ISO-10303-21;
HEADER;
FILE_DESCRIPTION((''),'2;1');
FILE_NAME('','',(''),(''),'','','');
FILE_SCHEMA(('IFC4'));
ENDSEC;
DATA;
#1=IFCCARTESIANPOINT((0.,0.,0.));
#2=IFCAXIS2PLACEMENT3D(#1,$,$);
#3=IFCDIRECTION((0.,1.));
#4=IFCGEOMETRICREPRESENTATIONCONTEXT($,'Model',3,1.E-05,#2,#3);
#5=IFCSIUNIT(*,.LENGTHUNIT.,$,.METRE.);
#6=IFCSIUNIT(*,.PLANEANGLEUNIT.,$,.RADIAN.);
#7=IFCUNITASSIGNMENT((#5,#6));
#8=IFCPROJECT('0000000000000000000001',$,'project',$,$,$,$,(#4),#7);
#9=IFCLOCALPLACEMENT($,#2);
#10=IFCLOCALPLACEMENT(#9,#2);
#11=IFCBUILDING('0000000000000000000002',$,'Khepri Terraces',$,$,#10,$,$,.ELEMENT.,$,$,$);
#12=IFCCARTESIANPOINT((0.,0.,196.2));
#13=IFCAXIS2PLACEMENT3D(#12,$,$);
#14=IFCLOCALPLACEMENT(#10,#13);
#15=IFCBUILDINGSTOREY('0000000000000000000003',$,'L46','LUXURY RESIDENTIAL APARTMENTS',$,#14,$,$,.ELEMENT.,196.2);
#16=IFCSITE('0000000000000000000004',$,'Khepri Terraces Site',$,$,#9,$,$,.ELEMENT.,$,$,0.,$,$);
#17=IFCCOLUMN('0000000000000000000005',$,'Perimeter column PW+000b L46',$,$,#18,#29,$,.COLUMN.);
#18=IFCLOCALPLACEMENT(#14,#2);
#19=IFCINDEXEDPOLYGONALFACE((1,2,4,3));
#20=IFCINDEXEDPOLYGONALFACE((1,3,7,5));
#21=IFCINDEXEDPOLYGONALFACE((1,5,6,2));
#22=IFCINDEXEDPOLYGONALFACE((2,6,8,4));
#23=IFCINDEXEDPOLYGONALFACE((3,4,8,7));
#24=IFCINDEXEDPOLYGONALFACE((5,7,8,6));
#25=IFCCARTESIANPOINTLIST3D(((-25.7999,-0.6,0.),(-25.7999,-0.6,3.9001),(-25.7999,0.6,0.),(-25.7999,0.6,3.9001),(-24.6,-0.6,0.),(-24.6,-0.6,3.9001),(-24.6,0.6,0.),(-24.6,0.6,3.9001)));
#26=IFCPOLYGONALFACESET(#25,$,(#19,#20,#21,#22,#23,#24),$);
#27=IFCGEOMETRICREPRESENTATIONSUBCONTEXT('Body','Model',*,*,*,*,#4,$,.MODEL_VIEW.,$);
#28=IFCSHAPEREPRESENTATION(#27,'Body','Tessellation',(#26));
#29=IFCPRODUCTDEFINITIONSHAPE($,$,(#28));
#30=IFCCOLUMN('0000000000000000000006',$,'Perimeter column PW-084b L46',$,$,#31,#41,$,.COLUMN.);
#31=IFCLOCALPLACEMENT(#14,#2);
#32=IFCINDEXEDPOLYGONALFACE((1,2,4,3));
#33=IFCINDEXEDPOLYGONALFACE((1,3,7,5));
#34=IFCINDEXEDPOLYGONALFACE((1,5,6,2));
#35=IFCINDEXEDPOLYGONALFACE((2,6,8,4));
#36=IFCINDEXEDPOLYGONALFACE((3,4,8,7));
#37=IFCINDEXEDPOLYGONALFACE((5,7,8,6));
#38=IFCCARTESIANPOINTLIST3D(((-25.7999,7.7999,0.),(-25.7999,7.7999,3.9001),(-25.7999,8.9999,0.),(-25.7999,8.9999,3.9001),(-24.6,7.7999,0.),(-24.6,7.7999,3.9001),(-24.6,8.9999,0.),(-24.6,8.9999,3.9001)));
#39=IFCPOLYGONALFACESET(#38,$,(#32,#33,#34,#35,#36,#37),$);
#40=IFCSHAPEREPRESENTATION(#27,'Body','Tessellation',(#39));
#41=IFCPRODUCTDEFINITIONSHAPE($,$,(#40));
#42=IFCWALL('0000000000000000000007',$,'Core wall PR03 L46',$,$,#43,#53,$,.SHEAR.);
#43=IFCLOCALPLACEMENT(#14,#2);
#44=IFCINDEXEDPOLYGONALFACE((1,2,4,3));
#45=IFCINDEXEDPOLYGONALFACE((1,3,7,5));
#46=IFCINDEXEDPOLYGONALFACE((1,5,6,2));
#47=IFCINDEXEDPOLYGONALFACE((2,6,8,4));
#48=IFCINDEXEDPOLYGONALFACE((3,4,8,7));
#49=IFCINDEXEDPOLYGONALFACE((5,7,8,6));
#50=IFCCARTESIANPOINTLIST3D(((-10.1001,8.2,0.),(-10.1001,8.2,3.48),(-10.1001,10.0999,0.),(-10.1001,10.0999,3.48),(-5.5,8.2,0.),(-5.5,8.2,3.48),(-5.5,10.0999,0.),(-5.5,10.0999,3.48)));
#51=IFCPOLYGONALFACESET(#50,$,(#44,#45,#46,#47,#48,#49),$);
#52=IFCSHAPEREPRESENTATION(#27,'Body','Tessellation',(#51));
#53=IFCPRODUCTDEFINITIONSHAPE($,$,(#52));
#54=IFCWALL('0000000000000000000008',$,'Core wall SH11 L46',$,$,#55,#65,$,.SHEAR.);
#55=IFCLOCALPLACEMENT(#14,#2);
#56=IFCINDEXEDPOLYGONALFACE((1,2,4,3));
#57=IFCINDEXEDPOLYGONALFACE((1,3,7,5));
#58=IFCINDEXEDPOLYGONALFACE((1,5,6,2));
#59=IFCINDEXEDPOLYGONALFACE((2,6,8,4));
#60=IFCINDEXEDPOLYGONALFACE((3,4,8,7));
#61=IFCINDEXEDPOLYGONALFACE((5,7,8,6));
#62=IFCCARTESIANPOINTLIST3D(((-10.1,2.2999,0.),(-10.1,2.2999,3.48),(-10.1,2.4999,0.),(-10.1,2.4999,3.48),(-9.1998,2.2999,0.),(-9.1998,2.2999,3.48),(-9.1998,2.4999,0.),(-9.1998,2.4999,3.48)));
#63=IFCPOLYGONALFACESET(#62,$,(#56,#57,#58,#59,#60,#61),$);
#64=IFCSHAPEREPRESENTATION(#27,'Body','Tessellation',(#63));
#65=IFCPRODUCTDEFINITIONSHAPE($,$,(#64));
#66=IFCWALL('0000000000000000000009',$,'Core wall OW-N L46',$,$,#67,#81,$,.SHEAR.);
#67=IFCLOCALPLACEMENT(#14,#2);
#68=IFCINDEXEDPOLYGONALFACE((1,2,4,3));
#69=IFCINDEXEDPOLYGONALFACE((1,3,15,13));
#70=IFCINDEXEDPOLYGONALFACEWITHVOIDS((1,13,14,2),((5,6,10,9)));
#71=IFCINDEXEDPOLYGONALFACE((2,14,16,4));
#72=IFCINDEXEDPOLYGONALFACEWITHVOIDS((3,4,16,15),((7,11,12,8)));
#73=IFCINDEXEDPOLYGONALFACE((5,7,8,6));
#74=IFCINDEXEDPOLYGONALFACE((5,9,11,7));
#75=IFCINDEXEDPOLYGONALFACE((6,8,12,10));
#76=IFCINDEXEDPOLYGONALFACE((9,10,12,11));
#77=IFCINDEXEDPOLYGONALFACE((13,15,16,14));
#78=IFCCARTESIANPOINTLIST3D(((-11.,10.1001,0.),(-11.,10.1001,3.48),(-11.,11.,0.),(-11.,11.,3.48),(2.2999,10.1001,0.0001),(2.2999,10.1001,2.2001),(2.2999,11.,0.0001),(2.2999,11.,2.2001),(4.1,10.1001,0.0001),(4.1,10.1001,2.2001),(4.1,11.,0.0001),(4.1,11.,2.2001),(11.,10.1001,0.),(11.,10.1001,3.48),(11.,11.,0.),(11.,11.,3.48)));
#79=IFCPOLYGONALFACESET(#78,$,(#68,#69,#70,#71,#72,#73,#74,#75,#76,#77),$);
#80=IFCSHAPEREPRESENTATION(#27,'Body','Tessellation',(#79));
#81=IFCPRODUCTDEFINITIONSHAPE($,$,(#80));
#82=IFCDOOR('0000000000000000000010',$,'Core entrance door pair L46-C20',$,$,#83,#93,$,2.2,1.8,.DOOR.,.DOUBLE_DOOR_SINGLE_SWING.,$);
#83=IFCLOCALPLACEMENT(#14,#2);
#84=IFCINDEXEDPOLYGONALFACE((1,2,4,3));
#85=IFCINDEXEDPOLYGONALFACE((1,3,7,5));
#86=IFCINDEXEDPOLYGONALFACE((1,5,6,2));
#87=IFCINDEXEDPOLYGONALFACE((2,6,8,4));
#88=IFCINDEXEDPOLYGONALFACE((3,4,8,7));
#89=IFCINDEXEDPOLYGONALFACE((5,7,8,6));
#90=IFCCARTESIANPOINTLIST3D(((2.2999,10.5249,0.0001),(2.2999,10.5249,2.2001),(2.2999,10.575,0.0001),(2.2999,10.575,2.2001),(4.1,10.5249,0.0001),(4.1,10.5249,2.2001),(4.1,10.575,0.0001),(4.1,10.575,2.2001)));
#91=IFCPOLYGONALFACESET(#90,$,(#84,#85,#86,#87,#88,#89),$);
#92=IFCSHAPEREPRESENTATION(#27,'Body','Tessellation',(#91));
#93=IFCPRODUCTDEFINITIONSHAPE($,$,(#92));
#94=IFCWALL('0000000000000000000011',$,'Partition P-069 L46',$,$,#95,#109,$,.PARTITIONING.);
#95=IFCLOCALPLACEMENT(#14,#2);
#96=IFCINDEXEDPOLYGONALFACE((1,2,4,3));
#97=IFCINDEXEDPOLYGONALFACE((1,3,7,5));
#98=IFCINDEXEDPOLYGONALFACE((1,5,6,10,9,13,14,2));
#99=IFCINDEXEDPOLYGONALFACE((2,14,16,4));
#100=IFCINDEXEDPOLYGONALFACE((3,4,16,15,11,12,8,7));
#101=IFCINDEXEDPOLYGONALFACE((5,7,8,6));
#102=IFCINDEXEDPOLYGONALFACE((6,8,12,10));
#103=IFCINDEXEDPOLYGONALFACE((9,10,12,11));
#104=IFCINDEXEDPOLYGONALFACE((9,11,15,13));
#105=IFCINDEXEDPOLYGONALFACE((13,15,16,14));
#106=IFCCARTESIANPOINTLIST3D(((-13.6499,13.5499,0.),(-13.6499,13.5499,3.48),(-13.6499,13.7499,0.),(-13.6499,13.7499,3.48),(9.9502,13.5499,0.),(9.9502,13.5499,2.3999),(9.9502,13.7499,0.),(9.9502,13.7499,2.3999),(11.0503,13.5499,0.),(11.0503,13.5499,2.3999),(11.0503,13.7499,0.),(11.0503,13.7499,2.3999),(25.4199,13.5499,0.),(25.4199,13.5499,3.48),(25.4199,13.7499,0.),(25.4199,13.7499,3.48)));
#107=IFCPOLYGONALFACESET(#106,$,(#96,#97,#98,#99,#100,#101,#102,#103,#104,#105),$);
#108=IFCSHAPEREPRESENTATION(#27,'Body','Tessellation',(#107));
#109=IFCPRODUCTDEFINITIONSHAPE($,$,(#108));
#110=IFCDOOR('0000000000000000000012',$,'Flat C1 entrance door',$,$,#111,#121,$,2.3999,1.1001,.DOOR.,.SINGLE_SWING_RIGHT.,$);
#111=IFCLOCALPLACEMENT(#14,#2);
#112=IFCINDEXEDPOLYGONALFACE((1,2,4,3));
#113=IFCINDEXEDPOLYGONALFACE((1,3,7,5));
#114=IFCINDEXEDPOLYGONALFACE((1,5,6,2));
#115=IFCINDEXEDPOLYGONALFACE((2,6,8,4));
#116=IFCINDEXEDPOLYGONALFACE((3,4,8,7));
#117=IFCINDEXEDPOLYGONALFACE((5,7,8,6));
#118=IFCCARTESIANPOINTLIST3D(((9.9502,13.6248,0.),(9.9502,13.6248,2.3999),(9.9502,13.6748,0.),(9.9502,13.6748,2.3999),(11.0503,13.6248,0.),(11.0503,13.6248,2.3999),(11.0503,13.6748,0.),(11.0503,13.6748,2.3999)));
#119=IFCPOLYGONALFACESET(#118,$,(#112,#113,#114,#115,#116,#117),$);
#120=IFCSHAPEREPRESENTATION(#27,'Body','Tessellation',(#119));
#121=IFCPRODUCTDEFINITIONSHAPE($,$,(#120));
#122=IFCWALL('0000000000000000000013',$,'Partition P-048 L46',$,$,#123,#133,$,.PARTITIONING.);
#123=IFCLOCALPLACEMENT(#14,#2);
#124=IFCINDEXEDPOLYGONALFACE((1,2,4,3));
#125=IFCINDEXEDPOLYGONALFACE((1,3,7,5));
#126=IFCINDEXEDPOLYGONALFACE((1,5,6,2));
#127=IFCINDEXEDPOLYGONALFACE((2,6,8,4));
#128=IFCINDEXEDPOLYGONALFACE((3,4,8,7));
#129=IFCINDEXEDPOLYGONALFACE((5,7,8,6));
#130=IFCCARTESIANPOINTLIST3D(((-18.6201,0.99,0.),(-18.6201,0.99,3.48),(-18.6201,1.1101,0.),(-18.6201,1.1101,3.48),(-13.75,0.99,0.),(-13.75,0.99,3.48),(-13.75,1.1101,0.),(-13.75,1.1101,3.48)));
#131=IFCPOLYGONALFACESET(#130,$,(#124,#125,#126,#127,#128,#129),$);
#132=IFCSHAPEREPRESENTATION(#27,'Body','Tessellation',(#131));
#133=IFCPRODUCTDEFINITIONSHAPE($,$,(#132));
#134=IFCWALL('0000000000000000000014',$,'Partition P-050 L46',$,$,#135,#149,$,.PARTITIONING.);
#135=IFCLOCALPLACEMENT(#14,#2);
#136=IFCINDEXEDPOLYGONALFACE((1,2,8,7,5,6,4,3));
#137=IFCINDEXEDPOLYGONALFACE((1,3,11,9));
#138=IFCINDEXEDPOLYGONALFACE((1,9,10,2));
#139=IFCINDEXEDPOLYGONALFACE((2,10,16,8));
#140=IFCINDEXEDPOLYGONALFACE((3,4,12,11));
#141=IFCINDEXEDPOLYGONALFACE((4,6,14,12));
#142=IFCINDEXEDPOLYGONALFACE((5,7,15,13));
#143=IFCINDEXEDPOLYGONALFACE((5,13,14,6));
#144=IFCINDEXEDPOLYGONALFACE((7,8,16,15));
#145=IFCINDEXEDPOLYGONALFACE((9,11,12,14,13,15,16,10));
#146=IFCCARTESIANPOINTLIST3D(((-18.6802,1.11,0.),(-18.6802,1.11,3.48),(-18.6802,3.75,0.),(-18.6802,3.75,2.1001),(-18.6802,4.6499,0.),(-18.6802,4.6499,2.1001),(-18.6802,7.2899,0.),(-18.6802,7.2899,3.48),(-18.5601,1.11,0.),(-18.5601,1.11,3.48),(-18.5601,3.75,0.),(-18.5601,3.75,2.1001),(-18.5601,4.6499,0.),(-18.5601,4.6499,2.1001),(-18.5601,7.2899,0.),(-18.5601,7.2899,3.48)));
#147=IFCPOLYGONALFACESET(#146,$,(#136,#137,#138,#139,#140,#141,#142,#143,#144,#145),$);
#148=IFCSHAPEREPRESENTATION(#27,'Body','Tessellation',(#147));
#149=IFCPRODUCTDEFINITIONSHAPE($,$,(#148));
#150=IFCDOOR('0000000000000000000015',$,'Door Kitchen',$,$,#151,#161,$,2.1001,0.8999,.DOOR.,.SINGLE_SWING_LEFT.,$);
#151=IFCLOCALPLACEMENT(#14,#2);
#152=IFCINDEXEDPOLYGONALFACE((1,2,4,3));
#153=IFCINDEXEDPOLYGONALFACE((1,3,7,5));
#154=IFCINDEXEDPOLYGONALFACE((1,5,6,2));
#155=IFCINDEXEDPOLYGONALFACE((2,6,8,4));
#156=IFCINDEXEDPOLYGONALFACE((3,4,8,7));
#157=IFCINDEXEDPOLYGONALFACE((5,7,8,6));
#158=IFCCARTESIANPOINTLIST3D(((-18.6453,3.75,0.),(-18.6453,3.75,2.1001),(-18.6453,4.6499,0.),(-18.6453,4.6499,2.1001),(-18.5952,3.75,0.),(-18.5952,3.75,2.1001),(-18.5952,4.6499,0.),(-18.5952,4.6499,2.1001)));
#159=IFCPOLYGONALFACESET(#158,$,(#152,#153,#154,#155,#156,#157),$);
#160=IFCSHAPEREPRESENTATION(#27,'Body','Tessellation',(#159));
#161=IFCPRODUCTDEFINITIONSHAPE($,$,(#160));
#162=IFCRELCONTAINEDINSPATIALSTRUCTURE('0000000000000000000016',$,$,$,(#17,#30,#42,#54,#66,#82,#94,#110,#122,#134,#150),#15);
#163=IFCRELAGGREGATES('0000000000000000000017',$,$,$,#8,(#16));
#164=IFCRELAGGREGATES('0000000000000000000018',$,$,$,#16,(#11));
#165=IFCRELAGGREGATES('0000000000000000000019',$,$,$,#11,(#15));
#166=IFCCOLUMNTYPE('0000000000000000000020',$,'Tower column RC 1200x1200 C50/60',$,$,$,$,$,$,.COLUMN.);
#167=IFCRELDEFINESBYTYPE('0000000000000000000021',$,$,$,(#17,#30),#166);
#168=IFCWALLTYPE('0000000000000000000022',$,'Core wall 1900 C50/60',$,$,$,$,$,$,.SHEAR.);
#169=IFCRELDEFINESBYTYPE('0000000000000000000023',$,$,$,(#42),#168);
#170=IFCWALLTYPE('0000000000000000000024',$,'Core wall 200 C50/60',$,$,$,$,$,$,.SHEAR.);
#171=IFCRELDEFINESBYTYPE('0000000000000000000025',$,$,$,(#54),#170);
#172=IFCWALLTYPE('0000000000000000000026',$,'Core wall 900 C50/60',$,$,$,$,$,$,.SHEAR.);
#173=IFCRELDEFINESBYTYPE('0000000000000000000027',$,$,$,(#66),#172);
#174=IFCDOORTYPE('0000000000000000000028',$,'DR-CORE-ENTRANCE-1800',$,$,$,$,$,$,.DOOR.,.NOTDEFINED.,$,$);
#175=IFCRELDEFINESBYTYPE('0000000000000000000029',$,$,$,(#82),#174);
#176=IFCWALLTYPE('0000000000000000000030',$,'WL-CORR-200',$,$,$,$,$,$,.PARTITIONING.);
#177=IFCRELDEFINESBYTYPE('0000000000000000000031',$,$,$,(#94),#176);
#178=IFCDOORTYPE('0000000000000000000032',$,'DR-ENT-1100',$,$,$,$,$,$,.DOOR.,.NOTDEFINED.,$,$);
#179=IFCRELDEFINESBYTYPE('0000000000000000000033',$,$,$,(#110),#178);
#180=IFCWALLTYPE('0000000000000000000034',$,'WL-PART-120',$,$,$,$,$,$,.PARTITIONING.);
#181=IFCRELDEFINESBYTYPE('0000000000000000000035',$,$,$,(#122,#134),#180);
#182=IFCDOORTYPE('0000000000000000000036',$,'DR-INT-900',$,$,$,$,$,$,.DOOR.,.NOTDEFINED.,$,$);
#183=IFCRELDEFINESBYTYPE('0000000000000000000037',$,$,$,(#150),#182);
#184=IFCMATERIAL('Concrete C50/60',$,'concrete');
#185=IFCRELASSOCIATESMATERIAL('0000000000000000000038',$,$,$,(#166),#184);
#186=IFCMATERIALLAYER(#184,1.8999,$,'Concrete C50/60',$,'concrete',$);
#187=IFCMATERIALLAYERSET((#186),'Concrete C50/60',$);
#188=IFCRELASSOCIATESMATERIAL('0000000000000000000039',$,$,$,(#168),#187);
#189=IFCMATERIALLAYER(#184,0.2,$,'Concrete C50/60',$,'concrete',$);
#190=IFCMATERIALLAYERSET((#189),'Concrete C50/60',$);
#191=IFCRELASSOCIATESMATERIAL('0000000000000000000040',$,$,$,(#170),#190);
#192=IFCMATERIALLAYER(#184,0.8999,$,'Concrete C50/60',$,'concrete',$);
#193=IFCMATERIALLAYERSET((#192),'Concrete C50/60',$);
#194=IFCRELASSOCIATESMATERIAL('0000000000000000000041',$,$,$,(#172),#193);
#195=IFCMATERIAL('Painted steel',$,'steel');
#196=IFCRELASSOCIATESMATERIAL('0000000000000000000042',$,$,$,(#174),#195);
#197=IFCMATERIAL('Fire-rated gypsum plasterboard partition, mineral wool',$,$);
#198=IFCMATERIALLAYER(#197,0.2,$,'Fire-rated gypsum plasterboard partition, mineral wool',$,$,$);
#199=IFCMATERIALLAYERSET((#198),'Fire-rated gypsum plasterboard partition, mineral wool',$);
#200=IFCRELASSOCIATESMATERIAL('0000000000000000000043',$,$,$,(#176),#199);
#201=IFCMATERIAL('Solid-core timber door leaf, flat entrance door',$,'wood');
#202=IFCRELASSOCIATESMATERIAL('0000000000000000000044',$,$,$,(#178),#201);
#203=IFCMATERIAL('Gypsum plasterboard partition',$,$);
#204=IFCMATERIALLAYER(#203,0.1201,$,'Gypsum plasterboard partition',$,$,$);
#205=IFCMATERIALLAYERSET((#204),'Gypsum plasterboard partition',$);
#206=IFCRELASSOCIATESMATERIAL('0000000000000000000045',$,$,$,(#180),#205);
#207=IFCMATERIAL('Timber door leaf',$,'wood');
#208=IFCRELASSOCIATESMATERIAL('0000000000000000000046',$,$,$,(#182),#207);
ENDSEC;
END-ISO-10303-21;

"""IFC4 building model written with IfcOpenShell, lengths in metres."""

from ifc_helpers import new_model, si_unit, direction, frame, frame_2d, origin, origin_2d, place, context, subcontext, project, spatial, rectangle, extrude, material, layer, layer_set, material_profile, profile_set, type_object, element, fill, save


model = new_model("IFC4")

# Units and contexts
model_context = context("Model", 3, precision=1e-05, world=origin(), true_north=direction((0.0, 1.0)))
body_context = subcontext(model_context, "Body", "Model", "MODEL_VIEW")
ifc_project = project(units=[si_unit("LENGTHUNIT", "METRE"), si_unit("PLANEANGLEUNIT", "RADIAN")], contexts=[model_context])

# Site, building, storey
site_placement = place(None, origin())
site = spatial("IfcSite", under=ifc_project, at=site_placement, Name="Khepri Terraces Site", CompositionType="ELEMENT", RefElevation=0.0)
building_placement = place(site_placement, origin())
building = spatial("IfcBuilding", under=site, at=building_placement, Name="Khepri Terraces", CompositionType="ELEMENT")
storey_placement = place(building_placement, frame((0.0, 0.0, 196.2)))
storey = spatial("IfcBuildingStorey", under=building, at=storey_placement, Name="L46", Description="LUXURY RESIDENTIAL APARTMENTS", CompositionType="ELEMENT", Elevation=196.2)

# Columns
ifc_material_1 = material(Name="Concrete C50/60", Category="concrete")
ifc_material_profile = material_profile(ifc_material_1, rectangle(XDim=1.2, YDim=1.2, at=origin_2d()), Name="Concrete C50/60", Category="concrete")
ifc_profile_set = profile_set([ifc_material_profile], Name="Concrete C50/60")
column_type = type_object("IfcColumnType", Name="Tower column RC 1200x1200 C50/60", PredefinedType="COLUMN", material=ifc_profile_set)
for number, where, z_axis, x_axis, name in (
    (1, (-25.2, 0.0, 0.0), (0.0, 0.0, 1.0), (1.0, 0.0, 0.0), "Perimeter column PW+000b L46"),
    (2, (-25.2, 8.3999, 0.0), (0.0, 0.0, 1.0), (1.0, 0.0, 0.0), "Perimeter column PW-084b L46"),
):
    element("IfcColumn", number, at=place(storey_placement, frame(where, z_axis=z_axis, x_axis=x_axis)), inside=storey, type_object=column_type, Name=name, PredefinedType="COLUMN", context=body_context, shape_type="SweptSolid", body=[
        extrude(rectangle(XDim=1.2, YDim=1.2, at=origin_2d()), origin(), (0.0, 0.0, 1.0), 3.9001),
    ])

# Walls
ifc_layer_1 = layer(ifc_material_1, 1.8999, Name="Concrete C50/60", Category="concrete")
ifc_layer_set_1 = layer_set([ifc_layer_1], Name="Concrete C50/60")
wall_type_1 = type_object("IfcWallType", Name="Core wall 1900 C50/60", PredefinedType="SHEAR", material=ifc_layer_set_1)
wall_1_placement = place(storey_placement, frame((-10.1001, 9.1499, 0.0), z_axis=(0.0, 0.0, 1.0), x_axis=(1.0, 0.0, 0.0)))
element("IfcWall", 3, at=wall_1_placement, inside=storey, type_object=wall_type_1, Name="Core wall PR03 L46", PredefinedType="SHEAR", context=body_context, shape_type="SweptSolid", body=[
    extrude(rectangle(XDim=4.6001, YDim=1.8999, at=frame_2d((2.3, 0.0))), origin(), (0.0, 0.0, 1.0), 3.48),
])
ifc_layer_2 = layer(ifc_material_1, 0.2, Name="Concrete C50/60", Category="concrete")
ifc_layer_set_2 = layer_set([ifc_layer_2], Name="Concrete C50/60")
wall_type_2 = type_object("IfcWallType", Name="Core wall 200 C50/60", PredefinedType="SHEAR", material=ifc_layer_set_2)
wall_2_placement = place(storey_placement, frame((-10.1001, 2.3999, 0.0), z_axis=(0.0, 0.0, 1.0), x_axis=(1.0, 0.0, 0.0)))
element("IfcWall", 4, at=wall_2_placement, inside=storey, type_object=wall_type_2, Name="Core wall SH11 L46", PredefinedType="SHEAR", context=body_context, shape_type="SweptSolid", body=[
    extrude(rectangle(XDim=0.9001, YDim=0.2, at=frame_2d((0.4502, 0.0))), origin(), (0.0, 0.0, 1.0), 3.48),
])

# Walls, openings, doors
ifc_layer_3 = layer(ifc_material_1, 0.8999, Name="Concrete C50/60", Category="concrete")
ifc_layer_set_3 = layer_set([ifc_layer_3], Name="Concrete C50/60")
wall_type_3 = type_object("IfcWallType", Name="Core wall 900 C50/60", PredefinedType="SHEAR", material=ifc_layer_set_3)
wall_3_placement = place(storey_placement, frame((-11.0, 10.55, 0.0), z_axis=(0.0, 0.0, 1.0), x_axis=(1.0, 0.0, 0.0)))
wall_3 = element("IfcWall", 5, at=wall_3_placement, inside=storey, type_object=wall_type_3, Name="Core wall OW-N L46", PredefinedType="SHEAR", context=body_context, shape_type="SweptSolid", body=[
    extrude(rectangle(XDim=22.0, YDim=0.8999, at=frame_2d((11.0, 0.0))), origin(), (0.0, 0.0, 1.0), 3.48),
])
opening_1_placement = place(wall_3_placement, frame((13.3, 0.0, 0.0)))
opening_1 = element("IfcOpeningElement", 6, at=opening_1_placement, cuts=wall_3, PredefinedType="OPENING", context=body_context, shape_type="SweptSolid", body=[
    extrude(rectangle(XDim=1.8, YDim=2.2, at=frame_2d((0.8999, 1.1001))), frame((0.0, 0.46, 0.0), z_axis=(0.0, -1.0, 0.0), x_axis=(1.0, 0.0, 0.0)), (0.0, 0.0, 1.0), 0.9199),
])
ifc_material_2 = material(Name="Painted steel", Category="steel")
door_type_1 = type_object("IfcDoorType", Name="DR-CORE-ENTRANCE-1800", OperationType="NOTDEFINED", PredefinedType="DOOR", material=ifc_material_2)
door_1_placement = place(opening_1_placement, origin())
door_1 = element("IfcDoor", 7, at=door_1_placement, inside=storey, type_object=door_type_1, Name="Core entrance door pair L46-C20", OperationType="DOUBLE_DOOR_SINGLE_SWING", OverallHeight=2.2, OverallWidth=1.8, PredefinedType="DOOR", context=body_context, shape_type="SweptSolid", body=[
    extrude(rectangle(XDim=1.8, YDim=2.2, at=frame_2d((0.8999, 1.1001))), frame((0.0, 0.0249, 0.0), z_axis=(0.0, -1.0, 0.0), x_axis=(1.0, 0.0, 0.0)), (0.0, 0.0, 1.0), 0.05),
])
fill(opening_1, door_1)
ifc_material_3 = material(Name="Fire-rated gypsum plasterboard partition, mineral wool")
ifc_layer_4 = layer(ifc_material_3, 0.2, Name="Fire-rated gypsum plasterboard partition, mineral wool")
ifc_layer_set_4 = layer_set([ifc_layer_4], Name="Fire-rated gypsum plasterboard partition, mineral wool")
wall_type_4 = type_object("IfcWallType", Name="WL-CORR-200", PredefinedType="PARTITIONING", material=ifc_layer_set_4)
wall_4_placement = place(storey_placement, frame((-13.6499, 13.6499, 0.0), z_axis=(0.0, 0.0, 1.0), x_axis=(1.0, 0.0, 0.0)))
wall_4 = element("IfcWall", 8, at=wall_4_placement, inside=storey, type_object=wall_type_4, Name="Partition P-069 L46", PredefinedType="PARTITIONING", context=body_context, shape_type="SweptSolid", body=[
    extrude(rectangle(XDim=39.0698, YDim=0.2, at=frame_2d((19.5349, 0.0))), origin(), (0.0, 0.0, 1.0), 3.48),
])
opening_2_placement = place(wall_4_placement, frame((23.6001, 0.0, 0.0)))
opening_2 = element("IfcOpeningElement", 9, at=opening_2_placement, cuts=wall_4, PredefinedType="OPENING", context=body_context, shape_type="SweptSolid", body=[
    extrude(rectangle(XDim=1.1001, YDim=2.3999, at=frame_2d((0.55, 1.2))), frame((0.0, 0.1099, 0.0), z_axis=(0.0, -1.0, 0.0), x_axis=(1.0, 0.0, 0.0)), (0.0, 0.0, 1.0), 0.22),
])
ifc_material_4 = material(Name="Solid-core timber door leaf, flat entrance door", Category="wood")
door_type_2 = type_object("IfcDoorType", Name="DR-ENT-1100", OperationType="NOTDEFINED", PredefinedType="DOOR", material=ifc_material_4)
door_2_placement = place(opening_2_placement, origin())
door_2 = element("IfcDoor", 10, at=door_2_placement, inside=storey, type_object=door_type_2, Name="Flat C1 entrance door", OperationType="SINGLE_SWING_RIGHT", OverallHeight=2.3999, OverallWidth=1.1001, PredefinedType="DOOR", context=body_context, shape_type="SweptSolid", body=[
    extrude(rectangle(XDim=1.1001, YDim=2.3999, at=frame_2d((0.55, 1.2))), frame((0.0, 0.0249, 0.0), z_axis=(0.0, -1.0, 0.0), x_axis=(1.0, 0.0, 0.0)), (0.0, 0.0, 1.0), 0.05),
])
fill(opening_2, door_2)

# Wall
ifc_material_5 = material(Name="Gypsum plasterboard partition")
ifc_layer_5 = layer(ifc_material_5, 0.1201, Name="Gypsum plasterboard partition")
ifc_layer_set_5 = layer_set([ifc_layer_5], Name="Gypsum plasterboard partition")
wall_type_5 = type_object("IfcWallType", Name="WL-PART-120", PredefinedType="PARTITIONING", material=ifc_layer_set_5)
wall_5_placement = place(storey_placement, frame((-18.6201, 1.05, 0.0), z_axis=(0.0, 0.0, 1.0), x_axis=(1.0, 0.0, 0.0)))
element("IfcWall", 11, at=wall_5_placement, inside=storey, type_object=wall_type_5, Name="Partition P-048 L46", PredefinedType="PARTITIONING", context=body_context, shape_type="SweptSolid", body=[
    extrude(rectangle(XDim=4.8701, YDim=0.1201, at=frame_2d((2.4351, 0.0))), origin(), (0.0, 0.0, 1.0), 3.48),
])

# Wall, opening, door
wall_6_placement = place(storey_placement, frame((-18.6201, 1.1101, 0.0), z_axis=(0.0, 0.0, 1.0), x_axis=(0.0, 1.0, 0.0)))
wall_6 = element("IfcWall", 12, at=wall_6_placement, inside=storey, type_object=wall_type_5, Name="Partition P-050 L46", PredefinedType="PARTITIONING", context=body_context, shape_type="SweptSolid", body=[
    extrude(rectangle(XDim=6.1799, YDim=0.1201, at=frame_2d((3.0898, 0.0))), origin(), (0.0, 0.0, 1.0), 3.48),
])
opening_3_placement = place(wall_6_placement, frame((2.6399, 0.0, 0.0)))
opening_3 = element("IfcOpeningElement", 13, at=opening_3_placement, cuts=wall_6, PredefinedType="OPENING", context=body_context, shape_type="SweptSolid", body=[
    extrude(rectangle(XDim=0.8999, YDim=2.1001, at=frame_2d((0.45, 1.05))), frame((0.0, 0.0701, 0.0), z_axis=(0.0, -1.0, 0.0), x_axis=(1.0, 0.0, 0.0)), (0.0, 0.0, 1.0), 0.1401),
])
ifc_material_6 = material(Name="Timber door leaf", Category="wood")
door_type_3 = type_object("IfcDoorType", Name="DR-INT-900", OperationType="NOTDEFINED", PredefinedType="DOOR", material=ifc_material_6)
door_3_placement = place(opening_3_placement, frame((0.8999, 0.0, 0.0), z_axis=(0.0, 0.0, 1.0), x_axis=(-1.0, 0.0, 0.0)))
door_3 = element("IfcDoor", 14, at=door_3_placement, inside=storey, type_object=door_type_3, Name="Door Kitchen", OperationType="SINGLE_SWING_LEFT", OverallHeight=2.1001, OverallWidth=0.8999, PredefinedType="DOOR", context=body_context, shape_type="SweptSolid", body=[
    extrude(rectangle(XDim=0.8999, YDim=2.1001, at=frame_2d((0.45, 1.05))), frame((0.0, 0.0249, 0.0), z_axis=(0.0, -1.0, 0.0), x_axis=(1.0, 0.0, 0.0)), (0.0, 0.0, 1.0), 0.05),
])
fill(opening_3, door_3)

save(model, "model.ifc")
